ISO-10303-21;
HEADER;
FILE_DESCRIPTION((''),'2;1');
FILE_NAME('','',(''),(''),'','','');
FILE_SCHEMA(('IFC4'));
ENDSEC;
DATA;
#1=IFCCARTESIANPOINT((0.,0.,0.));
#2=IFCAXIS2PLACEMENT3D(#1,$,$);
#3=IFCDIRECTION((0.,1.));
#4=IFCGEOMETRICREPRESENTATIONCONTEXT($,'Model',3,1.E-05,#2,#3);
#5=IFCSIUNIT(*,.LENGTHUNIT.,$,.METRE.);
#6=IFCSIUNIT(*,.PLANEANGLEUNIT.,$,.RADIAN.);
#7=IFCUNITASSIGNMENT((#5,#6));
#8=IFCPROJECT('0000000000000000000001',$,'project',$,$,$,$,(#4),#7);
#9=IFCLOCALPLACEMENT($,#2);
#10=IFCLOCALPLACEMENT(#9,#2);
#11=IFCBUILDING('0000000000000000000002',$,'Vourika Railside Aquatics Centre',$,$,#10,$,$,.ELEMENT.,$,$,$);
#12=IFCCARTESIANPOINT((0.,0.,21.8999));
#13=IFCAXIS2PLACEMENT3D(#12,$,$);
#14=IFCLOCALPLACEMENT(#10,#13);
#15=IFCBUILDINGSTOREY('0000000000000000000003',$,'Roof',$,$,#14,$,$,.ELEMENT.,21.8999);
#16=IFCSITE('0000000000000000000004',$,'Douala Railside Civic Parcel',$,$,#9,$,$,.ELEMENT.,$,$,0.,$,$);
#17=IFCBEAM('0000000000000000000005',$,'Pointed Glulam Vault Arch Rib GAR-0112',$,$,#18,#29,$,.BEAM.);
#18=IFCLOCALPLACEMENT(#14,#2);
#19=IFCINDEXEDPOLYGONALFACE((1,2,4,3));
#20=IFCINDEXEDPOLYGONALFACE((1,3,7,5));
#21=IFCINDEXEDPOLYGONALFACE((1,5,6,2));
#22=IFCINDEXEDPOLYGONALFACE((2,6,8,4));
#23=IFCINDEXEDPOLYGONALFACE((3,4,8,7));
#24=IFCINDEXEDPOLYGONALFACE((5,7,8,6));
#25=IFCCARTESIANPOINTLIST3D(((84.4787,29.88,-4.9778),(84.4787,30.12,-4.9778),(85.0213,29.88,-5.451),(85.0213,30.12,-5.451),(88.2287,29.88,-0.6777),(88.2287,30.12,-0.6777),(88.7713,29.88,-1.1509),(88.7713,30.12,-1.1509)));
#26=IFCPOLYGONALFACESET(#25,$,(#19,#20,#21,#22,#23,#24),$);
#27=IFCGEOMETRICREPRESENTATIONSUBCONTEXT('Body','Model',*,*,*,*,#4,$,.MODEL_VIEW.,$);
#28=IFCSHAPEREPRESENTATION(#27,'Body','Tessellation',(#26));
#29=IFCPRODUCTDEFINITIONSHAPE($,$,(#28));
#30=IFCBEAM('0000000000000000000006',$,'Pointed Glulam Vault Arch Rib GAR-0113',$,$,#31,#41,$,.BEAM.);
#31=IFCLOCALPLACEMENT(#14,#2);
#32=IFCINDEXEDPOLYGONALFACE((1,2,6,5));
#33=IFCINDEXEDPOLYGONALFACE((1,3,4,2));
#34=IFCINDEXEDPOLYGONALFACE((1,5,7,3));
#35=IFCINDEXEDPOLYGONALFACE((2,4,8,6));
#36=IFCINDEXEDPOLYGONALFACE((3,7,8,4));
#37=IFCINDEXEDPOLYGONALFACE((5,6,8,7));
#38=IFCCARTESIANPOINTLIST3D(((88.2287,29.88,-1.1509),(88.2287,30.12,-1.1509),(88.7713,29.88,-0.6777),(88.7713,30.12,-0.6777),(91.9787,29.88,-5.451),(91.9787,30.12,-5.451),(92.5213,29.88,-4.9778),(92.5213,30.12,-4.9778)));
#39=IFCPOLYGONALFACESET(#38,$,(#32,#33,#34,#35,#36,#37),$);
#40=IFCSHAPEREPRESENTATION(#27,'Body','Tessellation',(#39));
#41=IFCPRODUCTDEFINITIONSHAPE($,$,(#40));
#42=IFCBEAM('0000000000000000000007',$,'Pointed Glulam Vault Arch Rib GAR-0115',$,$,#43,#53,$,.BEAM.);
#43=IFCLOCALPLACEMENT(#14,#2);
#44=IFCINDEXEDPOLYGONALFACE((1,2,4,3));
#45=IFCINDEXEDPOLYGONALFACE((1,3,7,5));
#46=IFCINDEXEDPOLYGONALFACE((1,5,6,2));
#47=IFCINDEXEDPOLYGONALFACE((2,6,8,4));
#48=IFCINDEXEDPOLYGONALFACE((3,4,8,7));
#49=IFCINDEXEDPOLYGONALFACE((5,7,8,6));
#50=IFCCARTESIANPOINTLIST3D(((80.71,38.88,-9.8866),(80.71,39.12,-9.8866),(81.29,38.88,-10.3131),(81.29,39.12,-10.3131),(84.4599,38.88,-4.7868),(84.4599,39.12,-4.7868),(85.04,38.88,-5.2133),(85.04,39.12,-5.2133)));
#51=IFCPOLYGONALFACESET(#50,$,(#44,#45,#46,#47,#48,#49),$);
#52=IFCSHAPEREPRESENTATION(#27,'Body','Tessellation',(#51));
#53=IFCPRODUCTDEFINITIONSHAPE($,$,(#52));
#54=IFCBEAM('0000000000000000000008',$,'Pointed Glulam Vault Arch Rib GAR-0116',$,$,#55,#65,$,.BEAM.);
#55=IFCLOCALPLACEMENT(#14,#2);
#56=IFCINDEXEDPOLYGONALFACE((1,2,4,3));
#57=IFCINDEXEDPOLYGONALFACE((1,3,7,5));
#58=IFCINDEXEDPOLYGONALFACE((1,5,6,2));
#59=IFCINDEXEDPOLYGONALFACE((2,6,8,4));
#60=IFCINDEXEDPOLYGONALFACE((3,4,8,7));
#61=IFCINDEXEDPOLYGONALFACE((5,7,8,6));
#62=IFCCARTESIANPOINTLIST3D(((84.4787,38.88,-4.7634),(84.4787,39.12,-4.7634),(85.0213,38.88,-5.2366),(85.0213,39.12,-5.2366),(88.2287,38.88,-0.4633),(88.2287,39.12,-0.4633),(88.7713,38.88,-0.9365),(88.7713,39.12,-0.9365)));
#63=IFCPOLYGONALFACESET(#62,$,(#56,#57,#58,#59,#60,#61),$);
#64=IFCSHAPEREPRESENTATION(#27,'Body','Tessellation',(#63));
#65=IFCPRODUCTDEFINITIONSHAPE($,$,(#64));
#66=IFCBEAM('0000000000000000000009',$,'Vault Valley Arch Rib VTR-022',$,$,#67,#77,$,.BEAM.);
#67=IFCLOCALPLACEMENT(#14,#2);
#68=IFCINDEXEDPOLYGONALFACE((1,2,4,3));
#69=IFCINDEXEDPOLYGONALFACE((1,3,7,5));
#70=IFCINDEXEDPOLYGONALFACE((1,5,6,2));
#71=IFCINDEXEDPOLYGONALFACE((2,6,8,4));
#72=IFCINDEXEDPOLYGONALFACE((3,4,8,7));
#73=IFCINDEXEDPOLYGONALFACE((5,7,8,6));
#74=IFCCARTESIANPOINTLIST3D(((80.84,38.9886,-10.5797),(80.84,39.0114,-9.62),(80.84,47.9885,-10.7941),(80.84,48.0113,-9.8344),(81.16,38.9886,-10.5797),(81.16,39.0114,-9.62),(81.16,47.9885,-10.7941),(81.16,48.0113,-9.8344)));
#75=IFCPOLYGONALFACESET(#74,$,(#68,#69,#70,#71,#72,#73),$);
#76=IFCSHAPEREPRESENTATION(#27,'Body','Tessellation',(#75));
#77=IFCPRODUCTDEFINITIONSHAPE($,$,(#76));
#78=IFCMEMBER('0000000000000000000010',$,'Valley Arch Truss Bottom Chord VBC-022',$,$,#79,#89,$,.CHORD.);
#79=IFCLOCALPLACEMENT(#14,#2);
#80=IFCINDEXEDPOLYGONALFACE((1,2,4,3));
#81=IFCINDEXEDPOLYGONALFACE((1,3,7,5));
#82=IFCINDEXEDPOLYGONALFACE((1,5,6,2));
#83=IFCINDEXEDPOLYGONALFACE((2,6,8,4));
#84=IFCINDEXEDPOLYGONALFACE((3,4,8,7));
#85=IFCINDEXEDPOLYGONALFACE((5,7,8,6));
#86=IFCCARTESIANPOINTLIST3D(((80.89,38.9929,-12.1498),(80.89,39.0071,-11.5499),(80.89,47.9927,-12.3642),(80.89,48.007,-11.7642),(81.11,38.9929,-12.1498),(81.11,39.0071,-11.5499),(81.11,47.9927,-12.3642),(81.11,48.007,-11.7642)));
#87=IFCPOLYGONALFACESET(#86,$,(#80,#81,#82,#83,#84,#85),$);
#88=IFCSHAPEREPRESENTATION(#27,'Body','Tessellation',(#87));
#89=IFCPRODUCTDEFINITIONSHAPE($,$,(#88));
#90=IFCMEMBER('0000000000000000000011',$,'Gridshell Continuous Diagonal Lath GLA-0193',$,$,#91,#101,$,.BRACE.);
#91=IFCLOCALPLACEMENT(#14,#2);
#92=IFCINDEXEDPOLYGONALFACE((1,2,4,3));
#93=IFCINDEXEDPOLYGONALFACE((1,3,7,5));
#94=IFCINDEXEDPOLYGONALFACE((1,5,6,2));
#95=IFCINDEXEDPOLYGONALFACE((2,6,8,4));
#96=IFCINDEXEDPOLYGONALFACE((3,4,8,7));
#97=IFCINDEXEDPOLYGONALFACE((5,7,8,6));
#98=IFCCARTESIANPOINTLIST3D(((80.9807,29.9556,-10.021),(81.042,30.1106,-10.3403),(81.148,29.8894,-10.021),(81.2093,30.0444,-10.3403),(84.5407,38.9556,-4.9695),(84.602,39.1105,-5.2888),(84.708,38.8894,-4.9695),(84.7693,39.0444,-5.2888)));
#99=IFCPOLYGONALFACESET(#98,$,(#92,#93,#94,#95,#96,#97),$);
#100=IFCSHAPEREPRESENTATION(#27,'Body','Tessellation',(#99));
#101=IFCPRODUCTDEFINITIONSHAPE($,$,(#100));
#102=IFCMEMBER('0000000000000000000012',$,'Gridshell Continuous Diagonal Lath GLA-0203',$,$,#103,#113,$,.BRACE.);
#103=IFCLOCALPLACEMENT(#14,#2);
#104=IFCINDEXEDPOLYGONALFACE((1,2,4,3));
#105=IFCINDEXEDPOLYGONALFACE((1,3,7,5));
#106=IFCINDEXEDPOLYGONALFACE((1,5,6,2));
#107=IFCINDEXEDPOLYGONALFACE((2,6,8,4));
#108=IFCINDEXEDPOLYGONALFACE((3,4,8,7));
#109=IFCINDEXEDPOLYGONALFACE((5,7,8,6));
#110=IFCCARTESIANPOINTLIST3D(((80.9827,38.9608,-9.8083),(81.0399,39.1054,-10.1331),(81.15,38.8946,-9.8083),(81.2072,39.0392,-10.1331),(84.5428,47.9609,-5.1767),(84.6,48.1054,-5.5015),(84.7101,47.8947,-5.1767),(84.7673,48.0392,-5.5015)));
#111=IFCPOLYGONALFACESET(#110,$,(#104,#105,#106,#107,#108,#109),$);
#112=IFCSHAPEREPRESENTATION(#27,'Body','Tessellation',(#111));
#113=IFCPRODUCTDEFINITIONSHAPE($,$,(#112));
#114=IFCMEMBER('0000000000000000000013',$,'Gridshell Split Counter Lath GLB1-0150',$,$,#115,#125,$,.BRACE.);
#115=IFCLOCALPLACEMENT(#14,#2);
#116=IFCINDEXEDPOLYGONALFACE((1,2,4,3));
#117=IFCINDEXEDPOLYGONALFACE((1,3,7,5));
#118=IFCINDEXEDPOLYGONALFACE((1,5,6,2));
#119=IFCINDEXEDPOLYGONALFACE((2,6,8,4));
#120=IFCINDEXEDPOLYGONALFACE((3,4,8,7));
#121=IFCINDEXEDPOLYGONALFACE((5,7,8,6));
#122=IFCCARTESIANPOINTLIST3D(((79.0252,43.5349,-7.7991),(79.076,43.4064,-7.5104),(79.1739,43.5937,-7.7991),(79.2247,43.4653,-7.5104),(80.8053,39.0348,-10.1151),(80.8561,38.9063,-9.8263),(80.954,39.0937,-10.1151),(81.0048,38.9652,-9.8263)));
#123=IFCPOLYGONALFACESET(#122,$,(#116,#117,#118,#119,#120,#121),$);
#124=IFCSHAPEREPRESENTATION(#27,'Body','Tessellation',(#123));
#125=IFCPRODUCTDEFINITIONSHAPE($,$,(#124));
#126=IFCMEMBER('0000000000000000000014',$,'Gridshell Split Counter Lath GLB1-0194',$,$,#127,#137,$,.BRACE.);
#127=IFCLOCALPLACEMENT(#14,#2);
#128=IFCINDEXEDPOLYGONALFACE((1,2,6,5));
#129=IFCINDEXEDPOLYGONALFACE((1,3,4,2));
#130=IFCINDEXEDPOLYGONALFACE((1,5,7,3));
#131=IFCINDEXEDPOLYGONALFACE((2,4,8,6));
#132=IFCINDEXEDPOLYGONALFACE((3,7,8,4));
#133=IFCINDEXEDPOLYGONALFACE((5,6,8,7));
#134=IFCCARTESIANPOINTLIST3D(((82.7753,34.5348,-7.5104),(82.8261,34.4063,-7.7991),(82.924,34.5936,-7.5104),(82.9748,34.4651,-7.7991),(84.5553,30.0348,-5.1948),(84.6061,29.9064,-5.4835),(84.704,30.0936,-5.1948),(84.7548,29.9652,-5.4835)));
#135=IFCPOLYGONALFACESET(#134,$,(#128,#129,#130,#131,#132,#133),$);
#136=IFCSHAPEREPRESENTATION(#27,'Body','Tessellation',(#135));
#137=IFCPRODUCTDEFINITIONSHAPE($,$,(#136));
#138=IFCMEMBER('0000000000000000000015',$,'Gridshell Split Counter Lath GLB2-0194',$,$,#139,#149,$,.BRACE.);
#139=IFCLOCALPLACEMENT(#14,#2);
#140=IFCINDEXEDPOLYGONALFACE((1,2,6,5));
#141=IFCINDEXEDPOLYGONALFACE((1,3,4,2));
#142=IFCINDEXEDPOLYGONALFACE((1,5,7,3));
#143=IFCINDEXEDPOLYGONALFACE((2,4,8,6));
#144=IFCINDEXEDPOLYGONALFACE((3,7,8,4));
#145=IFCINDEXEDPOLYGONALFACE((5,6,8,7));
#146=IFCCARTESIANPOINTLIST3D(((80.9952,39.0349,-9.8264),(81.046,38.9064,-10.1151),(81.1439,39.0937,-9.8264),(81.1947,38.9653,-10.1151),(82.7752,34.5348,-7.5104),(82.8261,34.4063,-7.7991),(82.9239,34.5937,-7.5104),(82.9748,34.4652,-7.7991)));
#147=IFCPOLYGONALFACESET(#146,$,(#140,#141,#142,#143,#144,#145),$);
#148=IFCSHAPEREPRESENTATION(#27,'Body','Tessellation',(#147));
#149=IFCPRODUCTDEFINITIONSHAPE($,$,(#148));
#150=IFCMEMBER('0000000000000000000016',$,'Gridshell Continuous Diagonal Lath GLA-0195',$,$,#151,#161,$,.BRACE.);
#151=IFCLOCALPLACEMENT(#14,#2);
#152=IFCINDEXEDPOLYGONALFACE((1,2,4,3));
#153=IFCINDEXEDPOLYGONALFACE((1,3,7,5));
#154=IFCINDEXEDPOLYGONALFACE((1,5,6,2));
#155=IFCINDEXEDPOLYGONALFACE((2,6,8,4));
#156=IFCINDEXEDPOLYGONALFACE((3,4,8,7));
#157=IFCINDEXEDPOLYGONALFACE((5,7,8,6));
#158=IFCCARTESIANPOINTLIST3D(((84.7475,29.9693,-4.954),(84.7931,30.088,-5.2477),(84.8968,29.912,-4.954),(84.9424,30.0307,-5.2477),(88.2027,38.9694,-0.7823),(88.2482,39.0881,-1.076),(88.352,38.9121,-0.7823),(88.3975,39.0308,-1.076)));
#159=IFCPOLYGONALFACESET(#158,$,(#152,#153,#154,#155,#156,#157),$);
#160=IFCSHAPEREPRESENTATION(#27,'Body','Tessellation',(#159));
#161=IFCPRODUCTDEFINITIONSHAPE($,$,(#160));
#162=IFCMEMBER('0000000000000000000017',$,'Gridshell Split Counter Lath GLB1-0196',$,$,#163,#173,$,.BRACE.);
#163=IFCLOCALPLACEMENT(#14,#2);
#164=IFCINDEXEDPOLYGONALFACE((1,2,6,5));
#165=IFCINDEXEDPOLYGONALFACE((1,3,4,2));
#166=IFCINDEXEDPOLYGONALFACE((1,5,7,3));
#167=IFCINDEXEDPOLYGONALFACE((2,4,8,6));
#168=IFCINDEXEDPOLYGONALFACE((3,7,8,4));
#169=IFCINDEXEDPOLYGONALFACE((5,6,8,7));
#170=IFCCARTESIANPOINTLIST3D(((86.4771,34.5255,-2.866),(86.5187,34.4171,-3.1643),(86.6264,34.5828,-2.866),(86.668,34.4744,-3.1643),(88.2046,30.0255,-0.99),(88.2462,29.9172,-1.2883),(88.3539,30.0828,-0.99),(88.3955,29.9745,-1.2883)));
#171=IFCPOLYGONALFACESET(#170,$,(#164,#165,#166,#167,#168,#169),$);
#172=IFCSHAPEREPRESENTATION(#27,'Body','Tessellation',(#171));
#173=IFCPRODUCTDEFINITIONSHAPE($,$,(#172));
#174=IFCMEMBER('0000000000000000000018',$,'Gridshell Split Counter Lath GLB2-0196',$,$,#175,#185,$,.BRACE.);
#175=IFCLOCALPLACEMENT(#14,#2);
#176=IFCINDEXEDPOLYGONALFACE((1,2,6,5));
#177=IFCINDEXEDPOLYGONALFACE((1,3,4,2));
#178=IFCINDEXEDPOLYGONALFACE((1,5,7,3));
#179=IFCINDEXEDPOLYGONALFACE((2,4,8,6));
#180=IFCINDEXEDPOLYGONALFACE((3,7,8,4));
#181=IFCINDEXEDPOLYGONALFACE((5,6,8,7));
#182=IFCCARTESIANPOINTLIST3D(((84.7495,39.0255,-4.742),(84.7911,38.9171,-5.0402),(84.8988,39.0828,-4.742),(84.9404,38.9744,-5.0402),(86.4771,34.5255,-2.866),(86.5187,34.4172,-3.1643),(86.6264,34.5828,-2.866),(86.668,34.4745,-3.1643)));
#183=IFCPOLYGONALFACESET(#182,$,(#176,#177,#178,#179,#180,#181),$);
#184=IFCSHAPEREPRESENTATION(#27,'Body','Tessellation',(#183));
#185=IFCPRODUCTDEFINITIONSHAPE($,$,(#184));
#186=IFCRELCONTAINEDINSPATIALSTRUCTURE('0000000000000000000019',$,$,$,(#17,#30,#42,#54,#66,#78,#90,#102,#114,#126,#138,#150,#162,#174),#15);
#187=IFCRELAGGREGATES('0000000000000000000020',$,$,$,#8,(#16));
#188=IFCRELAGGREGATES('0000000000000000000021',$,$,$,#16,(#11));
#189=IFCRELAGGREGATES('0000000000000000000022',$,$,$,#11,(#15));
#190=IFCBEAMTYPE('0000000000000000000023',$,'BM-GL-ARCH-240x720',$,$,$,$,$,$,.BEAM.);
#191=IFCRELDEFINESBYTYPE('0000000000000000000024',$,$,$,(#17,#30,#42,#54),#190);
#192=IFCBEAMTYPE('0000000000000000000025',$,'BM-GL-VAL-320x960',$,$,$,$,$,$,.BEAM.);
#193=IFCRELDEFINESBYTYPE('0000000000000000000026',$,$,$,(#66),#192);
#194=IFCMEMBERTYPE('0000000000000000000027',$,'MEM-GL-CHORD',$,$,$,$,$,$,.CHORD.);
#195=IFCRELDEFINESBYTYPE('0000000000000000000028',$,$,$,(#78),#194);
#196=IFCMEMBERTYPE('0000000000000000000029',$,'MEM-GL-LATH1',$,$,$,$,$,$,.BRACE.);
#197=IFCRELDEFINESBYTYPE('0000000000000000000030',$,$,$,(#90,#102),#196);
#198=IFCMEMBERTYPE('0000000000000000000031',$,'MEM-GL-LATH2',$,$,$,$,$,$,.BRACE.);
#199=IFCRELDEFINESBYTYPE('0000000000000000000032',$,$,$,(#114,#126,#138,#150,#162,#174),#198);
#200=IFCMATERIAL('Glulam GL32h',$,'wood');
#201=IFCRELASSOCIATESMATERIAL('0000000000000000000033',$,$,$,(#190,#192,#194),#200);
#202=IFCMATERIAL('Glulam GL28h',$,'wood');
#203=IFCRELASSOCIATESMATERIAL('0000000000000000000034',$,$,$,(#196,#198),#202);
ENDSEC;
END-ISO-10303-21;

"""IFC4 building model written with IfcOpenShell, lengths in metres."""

from ifc_helpers import new_model, si_unit, direction, frame, origin, origin_2d, place, context, subcontext, project, spatial, rectangle, extrude, material, material_profile, profile_set, type_object, element, save


model = new_model("IFC4")

# Units and contexts
model_context = context("Model", 3, precision=1e-05, world=origin(), true_north=direction((0.0, 1.0)))
body_context = subcontext(model_context, "Body", "Model", "MODEL_VIEW")
ifc_project = project(units=[si_unit("LENGTHUNIT", "METRE"), si_unit("PLANEANGLEUNIT", "RADIAN")], contexts=[model_context])

# Site, building, storey
site_placement = place(None, origin())
site = spatial("IfcSite", under=ifc_project, at=site_placement, Name="Douala Railside Civic Parcel", CompositionType="ELEMENT", RefElevation=0.0)
building_placement = place(site_placement, origin())
building = spatial("IfcBuilding", under=site, at=building_placement, Name="Vourika Railside Aquatics Centre", CompositionType="ELEMENT")
storey_placement = place(building_placement, frame((0.0, 0.0, 21.8999)))
storey = spatial("IfcBuildingStorey", under=building, at=storey_placement, Name="Roof", CompositionType="ELEMENT", Elevation=21.8999)

# Beams
ifc_material_1 = material(Name="Glulam GL32h", Category="wood")
ifc_material_profile_1 = material_profile(ifc_material_1, rectangle(XDim=0.24, YDim=0.72, at=origin_2d()), Name="GL32h 240x720")
ifc_profile_set_1 = profile_set([ifc_material_profile_1], Name="Glulam GL32h")
beam_type_1 = type_object("IfcBeamType", Name="BM-GL-ARCH-240x720", PredefinedType="BEAM", material=ifc_profile_set_1)
for number, where, z_axis, x_axis, name in (
    (1, (84.75, 30.0, -5.2144), (0.657259, 0.0, 0.753665), (0.0, 1.0, 0.0), "Pointed Glulam Vault Arch Rib GAR-0112"),
    (2, (88.5, 30.0, -0.9143), (0.657259, 0.0, -0.753665), (0.0, 1.0, 0.0), "Pointed Glulam Vault Arch Rib GAR-0113"),
):
    element("IfcBeam", number, at=place(storey_placement, frame(where, z_axis=z_axis, x_axis=x_axis)), inside=storey, type_object=beam_type_1, Name=name, PredefinedType="BEAM", context=body_context, shape_type="SweptSolid", body=[
        extrude(rectangle(XDim=0.24, YDim=0.72, at=origin_2d()), origin(), (0.0, 0.0, 1.0), 5.7056),
    ])
beam_1_placement = place(storey_placement, frame((81.0, 39.0, -10.0999), z_axis=(0.592401, 0.0, 0.805643), x_axis=(0.0, 1.0, 0.0)))
element("IfcBeam", 3, at=beam_1_placement, inside=storey, type_object=beam_type_1, Name="Pointed Glulam Vault Arch Rib GAR-0115", PredefinedType="BEAM", context=body_context, shape_type="SweptSolid", body=[
    extrude(rectangle(XDim=0.24, YDim=0.72, at=origin_2d()), origin(), (0.0, 0.0, 1.0), 6.3301),
])
beam_2_placement = place(storey_placement, frame((84.75, 39.0, -5.0), z_axis=(0.657259, 0.0, 0.753665), x_axis=(0.0, 1.0, 0.0)))
element("IfcBeam", 4, at=beam_2_placement, inside=storey, type_object=beam_type_1, Name="Pointed Glulam Vault Arch Rib GAR-0116", PredefinedType="BEAM", context=body_context, shape_type="SweptSolid", body=[
    extrude(rectangle(XDim=0.24, YDim=0.72, at=origin_2d()), origin(), (0.0, 0.0, 1.0), 5.7056),
])
ifc_material_profile_2 = material_profile(ifc_material_1, rectangle(XDim=0.3201, YDim=0.96, at=origin_2d()), Name="GL32h 320x960")
ifc_profile_set_2 = profile_set([ifc_material_profile_2], Name="Glulam GL32h")
beam_type_2 = type_object("IfcBeamType", Name="BM-GL-VAL-320x960", PredefinedType="BEAM", material=ifc_profile_set_2)
beam_3_placement = place(storey_placement, frame((81.0, 39.0, -10.0999), z_axis=(0.0, 0.999716, -0.023811), x_axis=(-1.0, 0.0, 0.0)))
element("IfcBeam", 5, at=beam_3_placement, inside=storey, type_object=beam_type_2, Name="Vault Valley Arch Rib VTR-022", PredefinedType="BEAM", context=body_context, shape_type="SweptSolid", body=[
    extrude(rectangle(XDim=0.3201, YDim=0.96, at=origin_2d()), origin(), (0.0, 0.0, 1.0), 9.0024),
])

# Members
ifc_material_profile_3 = material_profile(ifc_material_1, rectangle(XDim=0.22, YDim=0.6001, at=origin_2d()), Name="GL32h 220x600")
ifc_profile_set_3 = profile_set([ifc_material_profile_3], Name="Glulam GL32h")
member_type_1 = type_object("IfcMemberType", Name="MEM-GL-CHORD", PredefinedType="CHORD", material=ifc_profile_set_3)
member_1_placement = place(storey_placement, frame((81.0, 39.0, -11.8499), z_axis=(0.0, 0.999716, -0.023811), x_axis=(-1.0, 0.0, 0.0)))
element("IfcMember", 6, at=member_1_placement, inside=storey, type_object=member_type_1, Name="Valley Arch Truss Bottom Chord VBC-022", PredefinedType="CHORD", context=body_context, shape_type="SweptSolid", body=[
    extrude(rectangle(XDim=0.22, YDim=0.6001, at=origin_2d()), origin(), (0.0, 0.0, 1.0), 9.0024),
])
ifc_material_2 = material(Name="Glulam GL28h", Category="wood")
ifc_material_profile_4 = material_profile(ifc_material_2, rectangle(XDim=0.1799, YDim=0.3601, at=origin_2d()), Name="GL28h 180x360")
ifc_profile_set_4 = profile_set([ifc_material_profile_4], Name="Glulam GL28h")
member_type_2 = type_object("IfcMemberType", Name="MEM-GL-LATH1", PredefinedType="BRACE", material=ifc_profile_set_4)
member_2_placement = place(storey_placement, frame((81.095, 30.0, -10.1807), z_axis=(0.326087, 0.824365, 0.462699), x_axis=(-0.929893, 0.36783, 0.0)))
element("IfcMember", 7, at=member_2_placement, inside=storey, type_object=member_type_2, Name="Gridshell Continuous Diagonal Lath GLA-0193", PredefinedType="BRACE", context=body_context, shape_type="SweptSolid", body=[
    extrude(rectangle(XDim=0.1799, YDim=0.3601, at=origin_2d()), origin(), (0.0, 0.0, 1.0), 10.9175),
])
member_3_placement = place(storey_placement, frame((81.095, 39.0, -9.9707), z_axis=(0.331796, 0.838796, 0.431662), x_axis=(-0.929893, 0.36783, 0.0)))
element("IfcMember", 8, at=member_3_placement, inside=storey, type_object=member_type_2, Name="Gridshell Continuous Diagonal Lath GLA-0203", PredefinedType="BRACE", context=body_context, shape_type="SweptSolid", body=[
    extrude(rectangle(XDim=0.1799, YDim=0.3601, at=origin_2d()), origin(), (0.0, 0.0, 1.0), 10.7297),
])
ifc_material_profile_5 = material_profile(ifc_material_2, rectangle(XDim=0.1599, YDim=0.3201, at=origin_2d()), Name="GL28h 160x320")
ifc_profile_set_5 = profile_set([ifc_material_profile_5], Name="Glulam GL28h")
member_type_3 = type_object("IfcMemberType", Name="MEM-GL-LATH2", PredefinedType="BRACE", material=ifc_profile_set_5)
member_4_placement = place(storey_placement, frame((80.905, 39.0, -9.9707), z_axis=(-0.331793, 0.838788, 0.431681), x_axis=(-0.929893, -0.36783, 0.0)))
element("IfcMember", 9, at=member_4_placement, inside=storey, type_object=member_type_3, Name="Gridshell Split Counter Lath GLB1-0150", PredefinedType="BRACE", context=body_context, shape_type="SweptSolid", body=[
    extrude(rectangle(XDim=0.1599, YDim=0.3201, at=origin_2d()), origin(), (0.0, 0.0, 1.0), 5.365),
])
member_5_placement = place(storey_placement, frame((84.655, 30.0, -5.3391), z_axis=(-0.331799, 0.838804, -0.431644), x_axis=(-0.929893, -0.36783, 0.0)))
element("IfcMember", 10, at=member_5_placement, inside=storey, type_object=member_type_3, Name="Gridshell Split Counter Lath GLB1-0194", PredefinedType="BRACE", context=body_context, shape_type="SweptSolid", body=[
    extrude(rectangle(XDim=0.1599, YDim=0.3201, at=origin_2d()), origin(), (0.0, 0.0, 1.0), 5.3647),
])
member_6_placement = place(storey_placement, frame((82.875, 34.5, -7.6548), z_axis=(-0.331793, 0.838788, -0.431681), x_axis=(-0.929893, -0.36783, 0.0)))
element("IfcMember", 11, at=member_6_placement, inside=storey, type_object=member_type_3, Name="Gridshell Split Counter Lath GLB2-0194", PredefinedType="BRACE", context=body_context, shape_type="SweptSolid", body=[
    extrude(rectangle(XDim=0.1599, YDim=0.3201, at=origin_2d()), origin(), (0.0, 0.0, 1.0), 5.365),
])
member_7_placement = place(storey_placement, frame((84.845, 30.0, -5.1008), z_axis=(0.328921, 0.856793, 0.397136), x_axis=(-0.93357, 0.358395, 0.0)))
element("IfcMember", 12, at=member_7_placement, inside=storey, type_object=member_type_3, Name="Gridshell Continuous Diagonal Lath GLA-0195", PredefinedType="BRACE", context=body_context, shape_type="SweptSolid", body=[
    extrude(rectangle(XDim=0.1599, YDim=0.3201, at=origin_2d()), origin(), (0.0, 0.0, 1.0), 10.5044),
])
for number, where, z_axis, x_axis, name in (
    (13, (88.3, 30.0, -1.1392), (-0.333992, 0.870003, -0.36269), (-0.93357, -0.358395, 0.0), "Gridshell Split Counter Lath GLB1-0196"),
    (14, (86.5725, 34.5, -3.0151), (-0.333992, 0.870003, -0.36269), (-0.93357, -0.358395, 0.0), "Gridshell Split Counter Lath GLB2-0196"),
):
    element("IfcMember", number, at=place(storey_placement, frame(where, z_axis=z_axis, x_axis=x_axis)), inside=storey, type_object=member_type_3, Name=name, PredefinedType="BRACE", context=body_context, shape_type="SweptSolid", body=[
        extrude(rectangle(XDim=0.1599, YDim=0.3201, at=origin_2d()), origin(), (0.0, 0.0, 1.0), 5.1724),
    ])

save(model, "model.ifc")
